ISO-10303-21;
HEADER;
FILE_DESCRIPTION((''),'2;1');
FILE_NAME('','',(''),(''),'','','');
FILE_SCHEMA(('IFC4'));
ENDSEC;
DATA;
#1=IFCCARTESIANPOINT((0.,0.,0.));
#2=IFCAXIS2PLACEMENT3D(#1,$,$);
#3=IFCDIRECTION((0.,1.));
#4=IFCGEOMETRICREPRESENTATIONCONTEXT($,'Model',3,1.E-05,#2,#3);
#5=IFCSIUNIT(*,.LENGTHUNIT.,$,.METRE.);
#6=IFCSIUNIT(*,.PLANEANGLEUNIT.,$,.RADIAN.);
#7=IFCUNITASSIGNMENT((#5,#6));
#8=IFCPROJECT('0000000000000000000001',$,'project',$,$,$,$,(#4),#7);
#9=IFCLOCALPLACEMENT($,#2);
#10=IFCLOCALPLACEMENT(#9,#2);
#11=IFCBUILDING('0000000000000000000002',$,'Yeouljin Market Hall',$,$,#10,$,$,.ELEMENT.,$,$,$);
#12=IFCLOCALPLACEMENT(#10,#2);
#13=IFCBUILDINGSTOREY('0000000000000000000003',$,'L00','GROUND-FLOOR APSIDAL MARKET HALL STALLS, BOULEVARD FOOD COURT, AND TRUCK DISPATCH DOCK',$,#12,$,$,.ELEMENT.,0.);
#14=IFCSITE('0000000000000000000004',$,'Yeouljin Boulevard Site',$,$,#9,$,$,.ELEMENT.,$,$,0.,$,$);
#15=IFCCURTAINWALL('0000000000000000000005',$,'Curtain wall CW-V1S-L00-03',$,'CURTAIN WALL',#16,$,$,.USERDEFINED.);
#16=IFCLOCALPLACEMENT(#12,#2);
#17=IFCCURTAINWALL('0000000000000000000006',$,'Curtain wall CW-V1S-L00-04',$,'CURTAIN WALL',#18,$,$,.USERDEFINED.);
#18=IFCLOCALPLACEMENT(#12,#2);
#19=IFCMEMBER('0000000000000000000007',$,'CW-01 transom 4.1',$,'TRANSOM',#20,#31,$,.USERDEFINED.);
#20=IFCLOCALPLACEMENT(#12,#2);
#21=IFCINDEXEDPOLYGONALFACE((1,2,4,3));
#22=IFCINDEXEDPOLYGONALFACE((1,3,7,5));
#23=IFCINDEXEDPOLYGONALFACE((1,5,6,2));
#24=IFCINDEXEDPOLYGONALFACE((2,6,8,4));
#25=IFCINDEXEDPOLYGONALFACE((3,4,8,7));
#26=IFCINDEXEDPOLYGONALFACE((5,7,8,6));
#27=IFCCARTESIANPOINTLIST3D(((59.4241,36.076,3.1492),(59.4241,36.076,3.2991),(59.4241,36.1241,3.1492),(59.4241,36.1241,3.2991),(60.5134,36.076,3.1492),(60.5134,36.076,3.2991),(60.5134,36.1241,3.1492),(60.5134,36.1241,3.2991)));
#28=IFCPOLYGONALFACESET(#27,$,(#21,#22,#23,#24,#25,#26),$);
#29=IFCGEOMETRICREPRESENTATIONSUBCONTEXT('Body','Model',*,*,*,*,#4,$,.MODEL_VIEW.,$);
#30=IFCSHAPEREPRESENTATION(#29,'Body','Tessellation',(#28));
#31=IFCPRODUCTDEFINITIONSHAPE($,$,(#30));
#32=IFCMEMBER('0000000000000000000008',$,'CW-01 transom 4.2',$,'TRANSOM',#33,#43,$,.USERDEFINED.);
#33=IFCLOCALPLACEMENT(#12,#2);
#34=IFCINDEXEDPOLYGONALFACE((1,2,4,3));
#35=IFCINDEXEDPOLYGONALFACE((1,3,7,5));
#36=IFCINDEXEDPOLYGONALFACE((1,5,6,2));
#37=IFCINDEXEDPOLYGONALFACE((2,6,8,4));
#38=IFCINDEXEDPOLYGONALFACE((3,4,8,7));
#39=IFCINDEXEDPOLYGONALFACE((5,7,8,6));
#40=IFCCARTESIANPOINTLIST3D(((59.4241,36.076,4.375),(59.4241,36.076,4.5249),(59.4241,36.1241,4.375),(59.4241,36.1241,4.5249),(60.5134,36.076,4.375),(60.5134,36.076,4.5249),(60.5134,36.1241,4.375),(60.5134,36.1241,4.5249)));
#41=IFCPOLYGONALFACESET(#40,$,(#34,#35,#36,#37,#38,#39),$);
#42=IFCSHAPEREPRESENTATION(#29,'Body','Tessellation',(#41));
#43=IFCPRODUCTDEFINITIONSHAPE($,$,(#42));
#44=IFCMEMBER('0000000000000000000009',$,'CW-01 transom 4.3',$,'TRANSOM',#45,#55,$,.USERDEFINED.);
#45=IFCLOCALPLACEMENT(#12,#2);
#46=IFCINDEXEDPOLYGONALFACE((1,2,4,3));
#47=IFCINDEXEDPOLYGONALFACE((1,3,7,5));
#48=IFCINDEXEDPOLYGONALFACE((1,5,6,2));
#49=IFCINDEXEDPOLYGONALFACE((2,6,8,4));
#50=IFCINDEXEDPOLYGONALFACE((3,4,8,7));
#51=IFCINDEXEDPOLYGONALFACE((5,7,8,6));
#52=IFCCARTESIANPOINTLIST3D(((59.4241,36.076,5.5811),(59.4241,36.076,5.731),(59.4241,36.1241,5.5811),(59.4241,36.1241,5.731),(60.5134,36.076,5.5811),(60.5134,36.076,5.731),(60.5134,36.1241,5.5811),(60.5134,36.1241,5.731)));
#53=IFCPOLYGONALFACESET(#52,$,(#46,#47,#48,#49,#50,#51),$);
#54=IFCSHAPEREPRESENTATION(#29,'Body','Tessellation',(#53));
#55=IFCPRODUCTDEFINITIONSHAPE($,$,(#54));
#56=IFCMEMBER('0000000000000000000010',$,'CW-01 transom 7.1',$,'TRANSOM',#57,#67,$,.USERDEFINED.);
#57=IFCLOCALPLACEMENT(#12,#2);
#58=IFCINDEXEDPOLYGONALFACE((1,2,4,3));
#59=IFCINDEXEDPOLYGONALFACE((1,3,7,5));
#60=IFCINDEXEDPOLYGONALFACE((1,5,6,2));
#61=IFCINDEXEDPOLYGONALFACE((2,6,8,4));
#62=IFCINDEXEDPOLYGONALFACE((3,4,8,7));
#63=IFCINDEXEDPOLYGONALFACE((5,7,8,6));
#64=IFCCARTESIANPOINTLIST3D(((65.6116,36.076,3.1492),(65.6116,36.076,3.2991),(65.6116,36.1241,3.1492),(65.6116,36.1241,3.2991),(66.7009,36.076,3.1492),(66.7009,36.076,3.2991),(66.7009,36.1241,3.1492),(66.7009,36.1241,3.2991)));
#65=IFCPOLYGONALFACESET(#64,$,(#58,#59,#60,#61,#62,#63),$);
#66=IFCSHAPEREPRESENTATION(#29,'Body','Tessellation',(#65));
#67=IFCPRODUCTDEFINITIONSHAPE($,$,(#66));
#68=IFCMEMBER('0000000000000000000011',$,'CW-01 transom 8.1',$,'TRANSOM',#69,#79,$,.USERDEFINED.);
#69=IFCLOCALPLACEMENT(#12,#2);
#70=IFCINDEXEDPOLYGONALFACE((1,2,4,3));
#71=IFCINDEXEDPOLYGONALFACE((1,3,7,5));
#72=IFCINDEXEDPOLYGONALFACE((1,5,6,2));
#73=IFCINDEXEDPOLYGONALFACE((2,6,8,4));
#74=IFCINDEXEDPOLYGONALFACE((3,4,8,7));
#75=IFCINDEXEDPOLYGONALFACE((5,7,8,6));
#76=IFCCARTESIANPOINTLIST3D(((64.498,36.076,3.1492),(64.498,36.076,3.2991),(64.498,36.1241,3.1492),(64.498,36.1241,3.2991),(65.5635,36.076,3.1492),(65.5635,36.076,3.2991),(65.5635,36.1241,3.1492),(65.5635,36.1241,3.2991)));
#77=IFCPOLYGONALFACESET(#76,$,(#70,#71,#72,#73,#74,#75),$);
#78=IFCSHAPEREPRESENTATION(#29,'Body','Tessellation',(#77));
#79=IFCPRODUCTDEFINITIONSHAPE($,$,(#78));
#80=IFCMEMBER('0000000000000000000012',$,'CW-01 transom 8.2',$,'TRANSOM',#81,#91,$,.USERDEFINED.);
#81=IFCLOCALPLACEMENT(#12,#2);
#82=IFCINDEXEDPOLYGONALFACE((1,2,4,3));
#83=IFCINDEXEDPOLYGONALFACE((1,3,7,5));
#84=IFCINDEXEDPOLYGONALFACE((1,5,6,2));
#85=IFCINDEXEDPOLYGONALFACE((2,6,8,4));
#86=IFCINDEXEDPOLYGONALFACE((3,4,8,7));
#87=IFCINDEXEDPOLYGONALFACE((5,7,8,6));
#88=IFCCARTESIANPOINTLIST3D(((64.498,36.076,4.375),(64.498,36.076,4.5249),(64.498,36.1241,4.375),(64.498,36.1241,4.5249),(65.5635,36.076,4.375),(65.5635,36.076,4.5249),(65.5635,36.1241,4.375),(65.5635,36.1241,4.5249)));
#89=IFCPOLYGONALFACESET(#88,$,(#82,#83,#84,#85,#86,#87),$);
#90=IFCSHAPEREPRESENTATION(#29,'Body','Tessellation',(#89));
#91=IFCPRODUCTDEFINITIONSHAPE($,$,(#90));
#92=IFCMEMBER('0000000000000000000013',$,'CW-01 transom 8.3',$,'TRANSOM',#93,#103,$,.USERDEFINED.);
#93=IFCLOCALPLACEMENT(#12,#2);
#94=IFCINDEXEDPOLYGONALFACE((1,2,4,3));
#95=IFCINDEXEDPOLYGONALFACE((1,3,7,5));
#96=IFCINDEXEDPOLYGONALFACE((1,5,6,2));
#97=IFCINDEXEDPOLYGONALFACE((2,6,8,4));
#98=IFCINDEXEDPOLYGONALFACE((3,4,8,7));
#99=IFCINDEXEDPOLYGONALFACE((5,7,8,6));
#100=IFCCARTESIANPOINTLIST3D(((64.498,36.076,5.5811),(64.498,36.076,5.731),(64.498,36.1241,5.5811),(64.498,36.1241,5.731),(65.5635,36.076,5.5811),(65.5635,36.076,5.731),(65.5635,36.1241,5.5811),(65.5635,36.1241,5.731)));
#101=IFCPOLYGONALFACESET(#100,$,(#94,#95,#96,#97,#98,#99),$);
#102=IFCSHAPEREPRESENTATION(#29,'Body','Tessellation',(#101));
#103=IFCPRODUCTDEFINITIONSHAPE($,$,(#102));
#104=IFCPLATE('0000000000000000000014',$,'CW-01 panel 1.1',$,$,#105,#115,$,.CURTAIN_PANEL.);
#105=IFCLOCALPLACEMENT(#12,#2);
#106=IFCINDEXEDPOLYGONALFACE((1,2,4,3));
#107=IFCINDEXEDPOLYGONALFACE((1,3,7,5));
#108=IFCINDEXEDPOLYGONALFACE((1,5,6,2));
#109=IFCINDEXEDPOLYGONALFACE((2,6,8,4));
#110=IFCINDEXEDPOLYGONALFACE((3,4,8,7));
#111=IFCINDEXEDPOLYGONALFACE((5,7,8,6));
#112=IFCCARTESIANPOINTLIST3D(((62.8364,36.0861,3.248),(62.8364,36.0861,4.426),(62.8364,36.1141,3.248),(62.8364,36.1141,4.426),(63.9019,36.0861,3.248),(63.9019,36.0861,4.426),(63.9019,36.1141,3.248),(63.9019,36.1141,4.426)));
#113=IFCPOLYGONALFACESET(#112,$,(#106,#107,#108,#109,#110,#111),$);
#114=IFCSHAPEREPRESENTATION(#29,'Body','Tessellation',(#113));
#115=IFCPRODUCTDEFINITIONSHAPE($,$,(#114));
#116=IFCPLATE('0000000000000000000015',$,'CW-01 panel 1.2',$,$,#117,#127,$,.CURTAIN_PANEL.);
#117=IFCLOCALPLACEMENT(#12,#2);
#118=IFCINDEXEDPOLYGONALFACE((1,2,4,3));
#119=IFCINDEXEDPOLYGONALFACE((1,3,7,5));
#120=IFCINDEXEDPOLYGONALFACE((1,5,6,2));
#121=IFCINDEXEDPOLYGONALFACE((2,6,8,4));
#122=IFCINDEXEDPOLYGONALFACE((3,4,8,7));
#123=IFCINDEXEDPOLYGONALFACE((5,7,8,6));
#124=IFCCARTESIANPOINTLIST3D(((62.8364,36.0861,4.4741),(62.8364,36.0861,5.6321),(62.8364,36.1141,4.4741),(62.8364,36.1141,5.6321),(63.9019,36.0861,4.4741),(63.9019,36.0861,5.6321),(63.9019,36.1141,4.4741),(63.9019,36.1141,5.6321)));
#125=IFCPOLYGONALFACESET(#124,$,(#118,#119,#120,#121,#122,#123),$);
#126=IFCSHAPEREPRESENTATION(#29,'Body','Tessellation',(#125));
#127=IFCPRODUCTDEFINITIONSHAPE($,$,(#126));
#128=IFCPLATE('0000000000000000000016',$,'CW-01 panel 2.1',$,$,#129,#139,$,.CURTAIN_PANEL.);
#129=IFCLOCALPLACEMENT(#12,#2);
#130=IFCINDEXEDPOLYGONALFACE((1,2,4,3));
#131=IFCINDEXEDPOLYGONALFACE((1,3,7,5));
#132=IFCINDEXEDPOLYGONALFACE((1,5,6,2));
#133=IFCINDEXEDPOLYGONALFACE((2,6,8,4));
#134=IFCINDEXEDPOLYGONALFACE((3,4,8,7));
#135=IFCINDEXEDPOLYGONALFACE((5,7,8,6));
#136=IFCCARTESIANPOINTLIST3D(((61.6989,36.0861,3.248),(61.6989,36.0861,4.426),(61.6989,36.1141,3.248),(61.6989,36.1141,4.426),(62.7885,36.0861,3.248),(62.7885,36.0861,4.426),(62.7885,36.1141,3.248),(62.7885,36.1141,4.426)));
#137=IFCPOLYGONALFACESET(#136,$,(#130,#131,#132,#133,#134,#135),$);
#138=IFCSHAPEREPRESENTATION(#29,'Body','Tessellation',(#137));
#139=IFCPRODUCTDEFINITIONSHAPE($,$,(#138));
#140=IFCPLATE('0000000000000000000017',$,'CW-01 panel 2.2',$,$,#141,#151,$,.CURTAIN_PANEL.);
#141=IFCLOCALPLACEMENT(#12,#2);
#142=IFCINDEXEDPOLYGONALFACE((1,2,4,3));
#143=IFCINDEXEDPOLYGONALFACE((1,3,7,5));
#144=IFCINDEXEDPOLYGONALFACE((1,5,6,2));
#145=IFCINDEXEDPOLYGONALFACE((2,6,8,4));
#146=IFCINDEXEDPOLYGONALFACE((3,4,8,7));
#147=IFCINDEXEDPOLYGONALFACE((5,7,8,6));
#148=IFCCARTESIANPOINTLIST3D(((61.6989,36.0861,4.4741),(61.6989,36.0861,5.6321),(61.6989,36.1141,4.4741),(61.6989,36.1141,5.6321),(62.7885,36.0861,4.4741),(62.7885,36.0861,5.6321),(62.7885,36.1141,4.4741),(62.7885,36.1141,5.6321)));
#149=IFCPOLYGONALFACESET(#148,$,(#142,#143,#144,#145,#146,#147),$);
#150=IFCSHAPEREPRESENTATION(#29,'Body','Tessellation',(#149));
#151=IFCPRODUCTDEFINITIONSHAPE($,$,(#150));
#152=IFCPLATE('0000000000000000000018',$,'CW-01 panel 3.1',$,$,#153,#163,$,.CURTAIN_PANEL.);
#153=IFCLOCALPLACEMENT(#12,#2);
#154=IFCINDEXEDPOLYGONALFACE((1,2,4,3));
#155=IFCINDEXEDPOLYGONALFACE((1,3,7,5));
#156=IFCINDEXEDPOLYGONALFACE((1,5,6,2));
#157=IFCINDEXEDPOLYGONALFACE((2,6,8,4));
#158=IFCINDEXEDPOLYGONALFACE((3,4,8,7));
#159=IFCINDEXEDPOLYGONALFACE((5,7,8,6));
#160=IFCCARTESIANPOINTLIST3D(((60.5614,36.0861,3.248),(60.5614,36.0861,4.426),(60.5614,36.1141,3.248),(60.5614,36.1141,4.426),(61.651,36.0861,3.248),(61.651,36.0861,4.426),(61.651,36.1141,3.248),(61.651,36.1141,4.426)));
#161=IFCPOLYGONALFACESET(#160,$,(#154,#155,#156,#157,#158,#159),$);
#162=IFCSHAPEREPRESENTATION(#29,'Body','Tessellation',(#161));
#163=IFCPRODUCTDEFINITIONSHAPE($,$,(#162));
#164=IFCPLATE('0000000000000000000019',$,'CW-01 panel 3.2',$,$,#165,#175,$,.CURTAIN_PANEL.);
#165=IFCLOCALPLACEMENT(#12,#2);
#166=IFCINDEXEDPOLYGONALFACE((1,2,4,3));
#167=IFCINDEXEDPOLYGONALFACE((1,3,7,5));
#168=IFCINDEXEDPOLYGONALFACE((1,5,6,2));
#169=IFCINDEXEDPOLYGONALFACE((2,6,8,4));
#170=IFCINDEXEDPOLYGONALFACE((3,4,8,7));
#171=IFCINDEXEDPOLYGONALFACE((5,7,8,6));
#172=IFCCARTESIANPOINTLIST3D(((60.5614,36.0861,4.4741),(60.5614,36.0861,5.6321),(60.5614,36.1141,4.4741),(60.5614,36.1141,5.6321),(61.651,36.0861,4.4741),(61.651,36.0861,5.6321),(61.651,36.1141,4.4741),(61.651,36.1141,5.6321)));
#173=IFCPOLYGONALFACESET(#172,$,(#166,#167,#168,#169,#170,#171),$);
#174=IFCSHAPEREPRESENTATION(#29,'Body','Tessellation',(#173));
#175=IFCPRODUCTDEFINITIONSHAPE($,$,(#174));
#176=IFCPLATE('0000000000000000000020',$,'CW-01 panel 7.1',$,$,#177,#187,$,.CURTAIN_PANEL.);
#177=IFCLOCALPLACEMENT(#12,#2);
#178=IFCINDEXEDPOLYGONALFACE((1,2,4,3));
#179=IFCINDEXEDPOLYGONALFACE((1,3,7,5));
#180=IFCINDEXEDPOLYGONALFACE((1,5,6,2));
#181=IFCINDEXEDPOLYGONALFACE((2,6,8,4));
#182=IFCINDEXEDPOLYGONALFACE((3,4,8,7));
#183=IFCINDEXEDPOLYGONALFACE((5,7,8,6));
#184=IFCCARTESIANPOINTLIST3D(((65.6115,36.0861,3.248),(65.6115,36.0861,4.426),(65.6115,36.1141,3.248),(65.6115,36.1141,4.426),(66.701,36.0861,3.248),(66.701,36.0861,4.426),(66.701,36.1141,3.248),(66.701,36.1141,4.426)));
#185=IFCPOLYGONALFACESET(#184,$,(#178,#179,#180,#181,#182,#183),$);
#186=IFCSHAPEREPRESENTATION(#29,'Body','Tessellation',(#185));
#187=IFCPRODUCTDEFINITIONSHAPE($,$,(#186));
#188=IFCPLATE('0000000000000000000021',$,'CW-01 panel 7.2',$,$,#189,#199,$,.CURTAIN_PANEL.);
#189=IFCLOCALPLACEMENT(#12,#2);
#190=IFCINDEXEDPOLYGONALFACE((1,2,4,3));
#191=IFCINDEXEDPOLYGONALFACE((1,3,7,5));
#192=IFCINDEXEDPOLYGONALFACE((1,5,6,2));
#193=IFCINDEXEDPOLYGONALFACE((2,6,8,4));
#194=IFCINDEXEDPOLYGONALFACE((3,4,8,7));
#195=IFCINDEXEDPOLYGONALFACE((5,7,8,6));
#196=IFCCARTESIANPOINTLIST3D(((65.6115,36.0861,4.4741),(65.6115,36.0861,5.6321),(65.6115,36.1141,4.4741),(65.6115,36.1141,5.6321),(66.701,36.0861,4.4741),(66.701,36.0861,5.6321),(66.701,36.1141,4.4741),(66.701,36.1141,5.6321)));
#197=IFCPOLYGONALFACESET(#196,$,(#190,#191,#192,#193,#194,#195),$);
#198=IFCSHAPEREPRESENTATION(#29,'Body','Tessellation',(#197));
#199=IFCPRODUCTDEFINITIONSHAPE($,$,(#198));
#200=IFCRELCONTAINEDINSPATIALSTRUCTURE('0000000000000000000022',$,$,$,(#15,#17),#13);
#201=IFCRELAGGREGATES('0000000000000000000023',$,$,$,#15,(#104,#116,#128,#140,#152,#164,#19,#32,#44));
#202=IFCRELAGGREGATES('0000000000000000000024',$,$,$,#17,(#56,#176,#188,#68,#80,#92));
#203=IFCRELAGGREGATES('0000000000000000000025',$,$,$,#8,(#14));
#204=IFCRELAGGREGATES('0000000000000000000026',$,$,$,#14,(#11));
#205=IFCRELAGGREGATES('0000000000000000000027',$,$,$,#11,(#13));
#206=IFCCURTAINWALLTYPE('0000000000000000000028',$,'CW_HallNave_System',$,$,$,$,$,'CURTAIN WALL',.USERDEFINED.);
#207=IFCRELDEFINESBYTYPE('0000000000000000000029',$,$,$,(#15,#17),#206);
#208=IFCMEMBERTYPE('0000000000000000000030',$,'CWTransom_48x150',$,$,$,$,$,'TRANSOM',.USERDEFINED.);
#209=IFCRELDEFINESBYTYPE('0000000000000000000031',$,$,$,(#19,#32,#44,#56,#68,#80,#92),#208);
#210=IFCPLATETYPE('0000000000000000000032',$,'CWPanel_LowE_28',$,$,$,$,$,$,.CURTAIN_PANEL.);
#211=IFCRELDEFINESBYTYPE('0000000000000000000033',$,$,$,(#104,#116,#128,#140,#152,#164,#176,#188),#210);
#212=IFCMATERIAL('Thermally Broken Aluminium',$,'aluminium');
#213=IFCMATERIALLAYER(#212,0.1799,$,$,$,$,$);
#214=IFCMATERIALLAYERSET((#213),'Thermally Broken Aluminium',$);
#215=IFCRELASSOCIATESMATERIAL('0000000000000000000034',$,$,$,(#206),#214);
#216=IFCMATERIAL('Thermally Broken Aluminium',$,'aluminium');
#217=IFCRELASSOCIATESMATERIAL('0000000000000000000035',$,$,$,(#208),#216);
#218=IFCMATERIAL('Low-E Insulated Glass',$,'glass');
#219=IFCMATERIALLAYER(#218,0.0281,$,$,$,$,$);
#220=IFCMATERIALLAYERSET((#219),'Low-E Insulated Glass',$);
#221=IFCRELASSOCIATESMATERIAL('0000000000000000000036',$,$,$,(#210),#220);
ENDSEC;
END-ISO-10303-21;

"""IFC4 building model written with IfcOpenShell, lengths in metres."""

from ifc_helpers import new_model, si_unit, direction, frame, origin, origin_2d, place, context, subcontext, project, spatial, rectangle, extrude, material, layer, layer_set, material_profile, profile_set, type_object, element, aggregate, save


model = new_model("IFC4")

# Units and contexts
model_context = context("Model", 3, precision=1e-05, world=origin(), true_north=direction((0.0, 1.0)))
body_context = subcontext(model_context, "Body", "Model", "MODEL_VIEW")
ifc_project = project(units=[si_unit("LENGTHUNIT", "METRE"), si_unit("PLANEANGLEUNIT", "RADIAN")], contexts=[model_context])

# Site, building, storey
site_placement = place(None, origin())
site = spatial("IfcSite", under=ifc_project, at=site_placement, Name="Yeouljin Boulevard Site", CompositionType="ELEMENT", RefElevation=0.0)
building_placement = place(site_placement, origin())
building = spatial("IfcBuilding", under=site, at=building_placement, Name="Yeouljin Market Hall", CompositionType="ELEMENT")
storey_placement = place(building_placement, origin())
storey = spatial("IfcBuildingStorey", under=building, at=storey_placement, Name="L00", Description="GROUND-FLOOR APSIDAL MARKET HALL STALLS, BOULEVARD FOOD COURT, AND TRUCK DISPATCH DOCK", CompositionType="ELEMENT", Elevation=0.0)

# Curtain walls
ifc_material_1 = material(Name="Thermally Broken Aluminium", Category="aluminium")
ifc_layer_1 = layer(ifc_material_1, 0.1799)
ifc_layer_set_1 = layer_set([ifc_layer_1], Name="Thermally Broken Aluminium")
curtain_wall_type = type_object("IfcCurtainWallType", Name="CW_HallNave_System", ElementType="CURTAIN WALL", PredefinedType="USERDEFINED", material=ifc_layer_set_1)
curtain_wall_1_placement = place(storey_placement, origin())
curtain_wall_1 = element("IfcCurtainWall", 1, at=curtain_wall_1_placement, inside=storey, type_object=curtain_wall_type, Name="Curtain wall CW-V1S-L00-03", ObjectType="CURTAIN WALL", PredefinedType="USERDEFINED")
curtain_wall_2_placement = place(storey_placement, origin())
curtain_wall_2 = element("IfcCurtainWall", 2, at=curtain_wall_2_placement, inside=storey, type_object=curtain_wall_type, Name="Curtain wall CW-V1S-L00-04", ObjectType="CURTAIN WALL", PredefinedType="USERDEFINED")

# Members
ifc_material_2 = material(Name="Thermally Broken Aluminium", Category="aluminium")
ifc_material_profile_1 = material_profile(ifc_material_2, rectangle(XDim=0.0481, YDim=0.1499, at=origin_2d()), Name="CW-TRAN-48x150")
ifc_profile_set_1 = profile_set([ifc_material_profile_1], Name="Thermally Broken Aluminium")
member_type_1 = type_object("IfcMemberType", Name="CWTransom_48x150", ElementType="TRANSOM", PredefinedType="USERDEFINED", material=ifc_profile_set_1)
member_1_placement = place(storey_placement, frame((60.5134, 36.1001, 3.2241), z_axis=(-1.0, 0.0, 0.0), x_axis=(0.0, -1.0, 0.0)))
member_1 = element("IfcMember", 3, at=member_1_placement, type_object=member_type_1, Name="CW-01 transom 4.1", ObjectType="TRANSOM", PredefinedType="USERDEFINED", context=body_context, shape_type="SweptSolid", body=[
    extrude(rectangle(XDim=0.0481, YDim=0.1499, at=origin_2d()), origin(), (0.0, 0.0, 1.0), 1.0894),
])
member_2_placement = place(storey_placement, frame((60.5134, 36.1001, 4.45), z_axis=(-1.0, 0.0, 0.0), x_axis=(0.0, -1.0, 0.0)))
member_2 = element("IfcMember", 4, at=member_2_placement, type_object=member_type_1, Name="CW-01 transom 4.2", ObjectType="TRANSOM", PredefinedType="USERDEFINED", context=body_context, shape_type="SweptSolid", body=[
    extrude(rectangle(XDim=0.0481, YDim=0.1499, at=origin_2d()), origin(), (0.0, 0.0, 1.0), 1.0894),
])
member_3_placement = place(storey_placement, frame((60.5134, 36.1001, 5.656), z_axis=(-1.0, 0.0, 0.0), x_axis=(0.0, -1.0, 0.0)))
member_3 = element("IfcMember", 5, at=member_3_placement, type_object=member_type_1, Name="CW-01 transom 4.3", ObjectType="TRANSOM", PredefinedType="USERDEFINED", context=body_context, shape_type="SweptSolid", body=[
    extrude(rectangle(XDim=0.0481, YDim=0.1499, at=origin_2d()), origin(), (0.0, 0.0, 1.0), 1.0894),
])
member_4_placement = place(storey_placement, frame((66.7009, 36.1001, 3.2241), z_axis=(-1.0, 0.0, 0.0), x_axis=(0.0, -1.0, 0.0)))
member_4 = element("IfcMember", 6, at=member_4_placement, type_object=member_type_1, Name="CW-01 transom 7.1", ObjectType="TRANSOM", PredefinedType="USERDEFINED", context=body_context, shape_type="SweptSolid", body=[
    extrude(rectangle(XDim=0.0481, YDim=0.1499, at=origin_2d()), origin(), (0.0, 0.0, 1.0), 1.0894),
])
member_5_placement = place(storey_placement, frame((65.5635, 36.1001, 3.2241), z_axis=(-1.0, 0.0, 0.0), x_axis=(0.0, -1.0, 0.0)))
member_5 = element("IfcMember", 7, at=member_5_placement, type_object=member_type_1, Name="CW-01 transom 8.1", ObjectType="TRANSOM", PredefinedType="USERDEFINED", context=body_context, shape_type="SweptSolid", body=[
    extrude(rectangle(XDim=0.0481, YDim=0.1499, at=origin_2d()), origin(), (0.0, 0.0, 1.0), 1.0654),
])
member_6_placement = place(storey_placement, frame((65.5635, 36.1001, 4.45), z_axis=(-1.0, 0.0, 0.0), x_axis=(0.0, -1.0, 0.0)))
member_6 = element("IfcMember", 8, at=member_6_placement, type_object=member_type_1, Name="CW-01 transom 8.2", ObjectType="TRANSOM", PredefinedType="USERDEFINED", context=body_context, shape_type="SweptSolid", body=[
    extrude(rectangle(XDim=0.0481, YDim=0.1499, at=origin_2d()), origin(), (0.0, 0.0, 1.0), 1.0654),
])
member_7_placement = place(storey_placement, frame((65.5635, 36.1001, 5.656), z_axis=(-1.0, 0.0, 0.0), x_axis=(0.0, -1.0, 0.0)))
member_7 = element("IfcMember", 9, at=member_7_placement, type_object=member_type_1, Name="CW-01 transom 8.3", ObjectType="TRANSOM", PredefinedType="USERDEFINED", context=body_context, shape_type="SweptSolid", body=[
    extrude(rectangle(XDim=0.0481, YDim=0.1499, at=origin_2d()), origin(), (0.0, 0.0, 1.0), 1.0654),
])

# Plates
ifc_material_3 = material(Name="Low-E Insulated Glass", Category="glass")
ifc_layer_2 = layer(ifc_material_3, 0.0281)
ifc_layer_set_2 = layer_set([ifc_layer_2], Name="Low-E Insulated Glass")
plate_type = type_object("IfcPlateType", Name="CWPanel_LowE_28", PredefinedType="CURTAIN_PANEL", material=ifc_layer_set_2)
plate_1_placement = place(storey_placement, frame((63.3691, 36.1001, 3.248), z_axis=(0.0, 0.0, 1.0), x_axis=(-1.0, 0.0, 0.0)))
plate_1 = element("IfcPlate", 10, at=plate_1_placement, type_object=plate_type, Name="CW-01 panel 1.1", PredefinedType="CURTAIN_PANEL", context=body_context, shape_type="SweptSolid", body=[
    extrude(rectangle(XDim=1.0654, YDim=0.0281, at=origin_2d()), origin(), (0.0, 0.0, 1.0), 1.178),
])
plate_2_placement = place(storey_placement, frame((63.3691, 36.1001, 4.4741), z_axis=(0.0, 0.0, 1.0), x_axis=(-1.0, 0.0, 0.0)))
plate_2 = element("IfcPlate", 11, at=plate_2_placement, type_object=plate_type, Name="CW-01 panel 1.2", PredefinedType="CURTAIN_PANEL", context=body_context, shape_type="SweptSolid", body=[
    extrude(rectangle(XDim=1.0654, YDim=0.0281, at=origin_2d()), origin(), (0.0, 0.0, 1.0), 1.158),
])
plate_3_placement = place(storey_placement, frame((62.2437, 36.1001, 3.248), z_axis=(0.0, 0.0, 1.0), x_axis=(-1.0, 0.0, 0.0)))
plate_3 = element("IfcPlate", 12, at=plate_3_placement, type_object=plate_type, Name="CW-01 panel 2.1", PredefinedType="CURTAIN_PANEL", context=body_context, shape_type="SweptSolid", body=[
    extrude(rectangle(XDim=1.0896, YDim=0.0281, at=origin_2d()), origin(), (0.0, 0.0, 1.0), 1.178),
])
plate_4_placement = place(storey_placement, frame((62.2437, 36.1001, 4.4741), z_axis=(0.0, 0.0, 1.0), x_axis=(-1.0, 0.0, 0.0)))
plate_4 = element("IfcPlate", 13, at=plate_4_placement, type_object=plate_type, Name="CW-01 panel 2.2", PredefinedType="CURTAIN_PANEL", context=body_context, shape_type="SweptSolid", body=[
    extrude(rectangle(XDim=1.0896, YDim=0.0281, at=origin_2d()), origin(), (0.0, 0.0, 1.0), 1.158),
])
plate_5_placement = place(storey_placement, frame((61.1062, 36.1001, 3.248), z_axis=(0.0, 0.0, 1.0), x_axis=(-1.0, 0.0, 0.0)))
plate_5 = element("IfcPlate", 14, at=plate_5_placement, type_object=plate_type, Name="CW-01 panel 3.1", PredefinedType="CURTAIN_PANEL", context=body_context, shape_type="SweptSolid", body=[
    extrude(rectangle(XDim=1.0896, YDim=0.0281, at=origin_2d()), origin(), (0.0, 0.0, 1.0), 1.178),
])
plate_6_placement = place(storey_placement, frame((61.1062, 36.1001, 4.4741), z_axis=(0.0, 0.0, 1.0), x_axis=(-1.0, 0.0, 0.0)))
plate_6 = element("IfcPlate", 15, at=plate_6_placement, type_object=plate_type, Name="CW-01 panel 3.2", PredefinedType="CURTAIN_PANEL", context=body_context, shape_type="SweptSolid", body=[
    extrude(rectangle(XDim=1.0896, YDim=0.0281, at=origin_2d()), origin(), (0.0, 0.0, 1.0), 1.158),
])
aggregate(curtain_wall_1, [plate_1, plate_2, plate_3, plate_4, plate_5, plate_6, member_1, member_2, member_3])
plate_7_placement = place(storey_placement, frame((66.1562, 36.1001, 3.248), z_axis=(0.0, 0.0, 1.0), x_axis=(-1.0, 0.0, 0.0)))
plate_7 = element("IfcPlate", 16, at=plate_7_placement, type_object=plate_type, Name="CW-01 panel 7.1", PredefinedType="CURTAIN_PANEL", context=body_context, shape_type="SweptSolid", body=[
    extrude(rectangle(XDim=1.0896, YDim=0.0281, at=origin_2d()), origin(), (0.0, 0.0, 1.0), 1.178),
])
plate_8_placement = place(storey_placement, frame((66.1562, 36.1001, 4.4741), z_axis=(0.0, 0.0, 1.0), x_axis=(-1.0, 0.0, 0.0)))
plate_8 = element("IfcPlate", 17, at=plate_8_placement, type_object=plate_type, Name="CW-01 panel 7.2", PredefinedType="CURTAIN_PANEL", context=body_context, shape_type="SweptSolid", body=[
    extrude(rectangle(XDim=1.0896, YDim=0.0281, at=origin_2d()), origin(), (0.0, 0.0, 1.0), 1.158),
])
aggregate(curtain_wall_2, [member_4, plate_7, plate_8, member_5, member_6, member_7])

save(model, "model.ifc")
